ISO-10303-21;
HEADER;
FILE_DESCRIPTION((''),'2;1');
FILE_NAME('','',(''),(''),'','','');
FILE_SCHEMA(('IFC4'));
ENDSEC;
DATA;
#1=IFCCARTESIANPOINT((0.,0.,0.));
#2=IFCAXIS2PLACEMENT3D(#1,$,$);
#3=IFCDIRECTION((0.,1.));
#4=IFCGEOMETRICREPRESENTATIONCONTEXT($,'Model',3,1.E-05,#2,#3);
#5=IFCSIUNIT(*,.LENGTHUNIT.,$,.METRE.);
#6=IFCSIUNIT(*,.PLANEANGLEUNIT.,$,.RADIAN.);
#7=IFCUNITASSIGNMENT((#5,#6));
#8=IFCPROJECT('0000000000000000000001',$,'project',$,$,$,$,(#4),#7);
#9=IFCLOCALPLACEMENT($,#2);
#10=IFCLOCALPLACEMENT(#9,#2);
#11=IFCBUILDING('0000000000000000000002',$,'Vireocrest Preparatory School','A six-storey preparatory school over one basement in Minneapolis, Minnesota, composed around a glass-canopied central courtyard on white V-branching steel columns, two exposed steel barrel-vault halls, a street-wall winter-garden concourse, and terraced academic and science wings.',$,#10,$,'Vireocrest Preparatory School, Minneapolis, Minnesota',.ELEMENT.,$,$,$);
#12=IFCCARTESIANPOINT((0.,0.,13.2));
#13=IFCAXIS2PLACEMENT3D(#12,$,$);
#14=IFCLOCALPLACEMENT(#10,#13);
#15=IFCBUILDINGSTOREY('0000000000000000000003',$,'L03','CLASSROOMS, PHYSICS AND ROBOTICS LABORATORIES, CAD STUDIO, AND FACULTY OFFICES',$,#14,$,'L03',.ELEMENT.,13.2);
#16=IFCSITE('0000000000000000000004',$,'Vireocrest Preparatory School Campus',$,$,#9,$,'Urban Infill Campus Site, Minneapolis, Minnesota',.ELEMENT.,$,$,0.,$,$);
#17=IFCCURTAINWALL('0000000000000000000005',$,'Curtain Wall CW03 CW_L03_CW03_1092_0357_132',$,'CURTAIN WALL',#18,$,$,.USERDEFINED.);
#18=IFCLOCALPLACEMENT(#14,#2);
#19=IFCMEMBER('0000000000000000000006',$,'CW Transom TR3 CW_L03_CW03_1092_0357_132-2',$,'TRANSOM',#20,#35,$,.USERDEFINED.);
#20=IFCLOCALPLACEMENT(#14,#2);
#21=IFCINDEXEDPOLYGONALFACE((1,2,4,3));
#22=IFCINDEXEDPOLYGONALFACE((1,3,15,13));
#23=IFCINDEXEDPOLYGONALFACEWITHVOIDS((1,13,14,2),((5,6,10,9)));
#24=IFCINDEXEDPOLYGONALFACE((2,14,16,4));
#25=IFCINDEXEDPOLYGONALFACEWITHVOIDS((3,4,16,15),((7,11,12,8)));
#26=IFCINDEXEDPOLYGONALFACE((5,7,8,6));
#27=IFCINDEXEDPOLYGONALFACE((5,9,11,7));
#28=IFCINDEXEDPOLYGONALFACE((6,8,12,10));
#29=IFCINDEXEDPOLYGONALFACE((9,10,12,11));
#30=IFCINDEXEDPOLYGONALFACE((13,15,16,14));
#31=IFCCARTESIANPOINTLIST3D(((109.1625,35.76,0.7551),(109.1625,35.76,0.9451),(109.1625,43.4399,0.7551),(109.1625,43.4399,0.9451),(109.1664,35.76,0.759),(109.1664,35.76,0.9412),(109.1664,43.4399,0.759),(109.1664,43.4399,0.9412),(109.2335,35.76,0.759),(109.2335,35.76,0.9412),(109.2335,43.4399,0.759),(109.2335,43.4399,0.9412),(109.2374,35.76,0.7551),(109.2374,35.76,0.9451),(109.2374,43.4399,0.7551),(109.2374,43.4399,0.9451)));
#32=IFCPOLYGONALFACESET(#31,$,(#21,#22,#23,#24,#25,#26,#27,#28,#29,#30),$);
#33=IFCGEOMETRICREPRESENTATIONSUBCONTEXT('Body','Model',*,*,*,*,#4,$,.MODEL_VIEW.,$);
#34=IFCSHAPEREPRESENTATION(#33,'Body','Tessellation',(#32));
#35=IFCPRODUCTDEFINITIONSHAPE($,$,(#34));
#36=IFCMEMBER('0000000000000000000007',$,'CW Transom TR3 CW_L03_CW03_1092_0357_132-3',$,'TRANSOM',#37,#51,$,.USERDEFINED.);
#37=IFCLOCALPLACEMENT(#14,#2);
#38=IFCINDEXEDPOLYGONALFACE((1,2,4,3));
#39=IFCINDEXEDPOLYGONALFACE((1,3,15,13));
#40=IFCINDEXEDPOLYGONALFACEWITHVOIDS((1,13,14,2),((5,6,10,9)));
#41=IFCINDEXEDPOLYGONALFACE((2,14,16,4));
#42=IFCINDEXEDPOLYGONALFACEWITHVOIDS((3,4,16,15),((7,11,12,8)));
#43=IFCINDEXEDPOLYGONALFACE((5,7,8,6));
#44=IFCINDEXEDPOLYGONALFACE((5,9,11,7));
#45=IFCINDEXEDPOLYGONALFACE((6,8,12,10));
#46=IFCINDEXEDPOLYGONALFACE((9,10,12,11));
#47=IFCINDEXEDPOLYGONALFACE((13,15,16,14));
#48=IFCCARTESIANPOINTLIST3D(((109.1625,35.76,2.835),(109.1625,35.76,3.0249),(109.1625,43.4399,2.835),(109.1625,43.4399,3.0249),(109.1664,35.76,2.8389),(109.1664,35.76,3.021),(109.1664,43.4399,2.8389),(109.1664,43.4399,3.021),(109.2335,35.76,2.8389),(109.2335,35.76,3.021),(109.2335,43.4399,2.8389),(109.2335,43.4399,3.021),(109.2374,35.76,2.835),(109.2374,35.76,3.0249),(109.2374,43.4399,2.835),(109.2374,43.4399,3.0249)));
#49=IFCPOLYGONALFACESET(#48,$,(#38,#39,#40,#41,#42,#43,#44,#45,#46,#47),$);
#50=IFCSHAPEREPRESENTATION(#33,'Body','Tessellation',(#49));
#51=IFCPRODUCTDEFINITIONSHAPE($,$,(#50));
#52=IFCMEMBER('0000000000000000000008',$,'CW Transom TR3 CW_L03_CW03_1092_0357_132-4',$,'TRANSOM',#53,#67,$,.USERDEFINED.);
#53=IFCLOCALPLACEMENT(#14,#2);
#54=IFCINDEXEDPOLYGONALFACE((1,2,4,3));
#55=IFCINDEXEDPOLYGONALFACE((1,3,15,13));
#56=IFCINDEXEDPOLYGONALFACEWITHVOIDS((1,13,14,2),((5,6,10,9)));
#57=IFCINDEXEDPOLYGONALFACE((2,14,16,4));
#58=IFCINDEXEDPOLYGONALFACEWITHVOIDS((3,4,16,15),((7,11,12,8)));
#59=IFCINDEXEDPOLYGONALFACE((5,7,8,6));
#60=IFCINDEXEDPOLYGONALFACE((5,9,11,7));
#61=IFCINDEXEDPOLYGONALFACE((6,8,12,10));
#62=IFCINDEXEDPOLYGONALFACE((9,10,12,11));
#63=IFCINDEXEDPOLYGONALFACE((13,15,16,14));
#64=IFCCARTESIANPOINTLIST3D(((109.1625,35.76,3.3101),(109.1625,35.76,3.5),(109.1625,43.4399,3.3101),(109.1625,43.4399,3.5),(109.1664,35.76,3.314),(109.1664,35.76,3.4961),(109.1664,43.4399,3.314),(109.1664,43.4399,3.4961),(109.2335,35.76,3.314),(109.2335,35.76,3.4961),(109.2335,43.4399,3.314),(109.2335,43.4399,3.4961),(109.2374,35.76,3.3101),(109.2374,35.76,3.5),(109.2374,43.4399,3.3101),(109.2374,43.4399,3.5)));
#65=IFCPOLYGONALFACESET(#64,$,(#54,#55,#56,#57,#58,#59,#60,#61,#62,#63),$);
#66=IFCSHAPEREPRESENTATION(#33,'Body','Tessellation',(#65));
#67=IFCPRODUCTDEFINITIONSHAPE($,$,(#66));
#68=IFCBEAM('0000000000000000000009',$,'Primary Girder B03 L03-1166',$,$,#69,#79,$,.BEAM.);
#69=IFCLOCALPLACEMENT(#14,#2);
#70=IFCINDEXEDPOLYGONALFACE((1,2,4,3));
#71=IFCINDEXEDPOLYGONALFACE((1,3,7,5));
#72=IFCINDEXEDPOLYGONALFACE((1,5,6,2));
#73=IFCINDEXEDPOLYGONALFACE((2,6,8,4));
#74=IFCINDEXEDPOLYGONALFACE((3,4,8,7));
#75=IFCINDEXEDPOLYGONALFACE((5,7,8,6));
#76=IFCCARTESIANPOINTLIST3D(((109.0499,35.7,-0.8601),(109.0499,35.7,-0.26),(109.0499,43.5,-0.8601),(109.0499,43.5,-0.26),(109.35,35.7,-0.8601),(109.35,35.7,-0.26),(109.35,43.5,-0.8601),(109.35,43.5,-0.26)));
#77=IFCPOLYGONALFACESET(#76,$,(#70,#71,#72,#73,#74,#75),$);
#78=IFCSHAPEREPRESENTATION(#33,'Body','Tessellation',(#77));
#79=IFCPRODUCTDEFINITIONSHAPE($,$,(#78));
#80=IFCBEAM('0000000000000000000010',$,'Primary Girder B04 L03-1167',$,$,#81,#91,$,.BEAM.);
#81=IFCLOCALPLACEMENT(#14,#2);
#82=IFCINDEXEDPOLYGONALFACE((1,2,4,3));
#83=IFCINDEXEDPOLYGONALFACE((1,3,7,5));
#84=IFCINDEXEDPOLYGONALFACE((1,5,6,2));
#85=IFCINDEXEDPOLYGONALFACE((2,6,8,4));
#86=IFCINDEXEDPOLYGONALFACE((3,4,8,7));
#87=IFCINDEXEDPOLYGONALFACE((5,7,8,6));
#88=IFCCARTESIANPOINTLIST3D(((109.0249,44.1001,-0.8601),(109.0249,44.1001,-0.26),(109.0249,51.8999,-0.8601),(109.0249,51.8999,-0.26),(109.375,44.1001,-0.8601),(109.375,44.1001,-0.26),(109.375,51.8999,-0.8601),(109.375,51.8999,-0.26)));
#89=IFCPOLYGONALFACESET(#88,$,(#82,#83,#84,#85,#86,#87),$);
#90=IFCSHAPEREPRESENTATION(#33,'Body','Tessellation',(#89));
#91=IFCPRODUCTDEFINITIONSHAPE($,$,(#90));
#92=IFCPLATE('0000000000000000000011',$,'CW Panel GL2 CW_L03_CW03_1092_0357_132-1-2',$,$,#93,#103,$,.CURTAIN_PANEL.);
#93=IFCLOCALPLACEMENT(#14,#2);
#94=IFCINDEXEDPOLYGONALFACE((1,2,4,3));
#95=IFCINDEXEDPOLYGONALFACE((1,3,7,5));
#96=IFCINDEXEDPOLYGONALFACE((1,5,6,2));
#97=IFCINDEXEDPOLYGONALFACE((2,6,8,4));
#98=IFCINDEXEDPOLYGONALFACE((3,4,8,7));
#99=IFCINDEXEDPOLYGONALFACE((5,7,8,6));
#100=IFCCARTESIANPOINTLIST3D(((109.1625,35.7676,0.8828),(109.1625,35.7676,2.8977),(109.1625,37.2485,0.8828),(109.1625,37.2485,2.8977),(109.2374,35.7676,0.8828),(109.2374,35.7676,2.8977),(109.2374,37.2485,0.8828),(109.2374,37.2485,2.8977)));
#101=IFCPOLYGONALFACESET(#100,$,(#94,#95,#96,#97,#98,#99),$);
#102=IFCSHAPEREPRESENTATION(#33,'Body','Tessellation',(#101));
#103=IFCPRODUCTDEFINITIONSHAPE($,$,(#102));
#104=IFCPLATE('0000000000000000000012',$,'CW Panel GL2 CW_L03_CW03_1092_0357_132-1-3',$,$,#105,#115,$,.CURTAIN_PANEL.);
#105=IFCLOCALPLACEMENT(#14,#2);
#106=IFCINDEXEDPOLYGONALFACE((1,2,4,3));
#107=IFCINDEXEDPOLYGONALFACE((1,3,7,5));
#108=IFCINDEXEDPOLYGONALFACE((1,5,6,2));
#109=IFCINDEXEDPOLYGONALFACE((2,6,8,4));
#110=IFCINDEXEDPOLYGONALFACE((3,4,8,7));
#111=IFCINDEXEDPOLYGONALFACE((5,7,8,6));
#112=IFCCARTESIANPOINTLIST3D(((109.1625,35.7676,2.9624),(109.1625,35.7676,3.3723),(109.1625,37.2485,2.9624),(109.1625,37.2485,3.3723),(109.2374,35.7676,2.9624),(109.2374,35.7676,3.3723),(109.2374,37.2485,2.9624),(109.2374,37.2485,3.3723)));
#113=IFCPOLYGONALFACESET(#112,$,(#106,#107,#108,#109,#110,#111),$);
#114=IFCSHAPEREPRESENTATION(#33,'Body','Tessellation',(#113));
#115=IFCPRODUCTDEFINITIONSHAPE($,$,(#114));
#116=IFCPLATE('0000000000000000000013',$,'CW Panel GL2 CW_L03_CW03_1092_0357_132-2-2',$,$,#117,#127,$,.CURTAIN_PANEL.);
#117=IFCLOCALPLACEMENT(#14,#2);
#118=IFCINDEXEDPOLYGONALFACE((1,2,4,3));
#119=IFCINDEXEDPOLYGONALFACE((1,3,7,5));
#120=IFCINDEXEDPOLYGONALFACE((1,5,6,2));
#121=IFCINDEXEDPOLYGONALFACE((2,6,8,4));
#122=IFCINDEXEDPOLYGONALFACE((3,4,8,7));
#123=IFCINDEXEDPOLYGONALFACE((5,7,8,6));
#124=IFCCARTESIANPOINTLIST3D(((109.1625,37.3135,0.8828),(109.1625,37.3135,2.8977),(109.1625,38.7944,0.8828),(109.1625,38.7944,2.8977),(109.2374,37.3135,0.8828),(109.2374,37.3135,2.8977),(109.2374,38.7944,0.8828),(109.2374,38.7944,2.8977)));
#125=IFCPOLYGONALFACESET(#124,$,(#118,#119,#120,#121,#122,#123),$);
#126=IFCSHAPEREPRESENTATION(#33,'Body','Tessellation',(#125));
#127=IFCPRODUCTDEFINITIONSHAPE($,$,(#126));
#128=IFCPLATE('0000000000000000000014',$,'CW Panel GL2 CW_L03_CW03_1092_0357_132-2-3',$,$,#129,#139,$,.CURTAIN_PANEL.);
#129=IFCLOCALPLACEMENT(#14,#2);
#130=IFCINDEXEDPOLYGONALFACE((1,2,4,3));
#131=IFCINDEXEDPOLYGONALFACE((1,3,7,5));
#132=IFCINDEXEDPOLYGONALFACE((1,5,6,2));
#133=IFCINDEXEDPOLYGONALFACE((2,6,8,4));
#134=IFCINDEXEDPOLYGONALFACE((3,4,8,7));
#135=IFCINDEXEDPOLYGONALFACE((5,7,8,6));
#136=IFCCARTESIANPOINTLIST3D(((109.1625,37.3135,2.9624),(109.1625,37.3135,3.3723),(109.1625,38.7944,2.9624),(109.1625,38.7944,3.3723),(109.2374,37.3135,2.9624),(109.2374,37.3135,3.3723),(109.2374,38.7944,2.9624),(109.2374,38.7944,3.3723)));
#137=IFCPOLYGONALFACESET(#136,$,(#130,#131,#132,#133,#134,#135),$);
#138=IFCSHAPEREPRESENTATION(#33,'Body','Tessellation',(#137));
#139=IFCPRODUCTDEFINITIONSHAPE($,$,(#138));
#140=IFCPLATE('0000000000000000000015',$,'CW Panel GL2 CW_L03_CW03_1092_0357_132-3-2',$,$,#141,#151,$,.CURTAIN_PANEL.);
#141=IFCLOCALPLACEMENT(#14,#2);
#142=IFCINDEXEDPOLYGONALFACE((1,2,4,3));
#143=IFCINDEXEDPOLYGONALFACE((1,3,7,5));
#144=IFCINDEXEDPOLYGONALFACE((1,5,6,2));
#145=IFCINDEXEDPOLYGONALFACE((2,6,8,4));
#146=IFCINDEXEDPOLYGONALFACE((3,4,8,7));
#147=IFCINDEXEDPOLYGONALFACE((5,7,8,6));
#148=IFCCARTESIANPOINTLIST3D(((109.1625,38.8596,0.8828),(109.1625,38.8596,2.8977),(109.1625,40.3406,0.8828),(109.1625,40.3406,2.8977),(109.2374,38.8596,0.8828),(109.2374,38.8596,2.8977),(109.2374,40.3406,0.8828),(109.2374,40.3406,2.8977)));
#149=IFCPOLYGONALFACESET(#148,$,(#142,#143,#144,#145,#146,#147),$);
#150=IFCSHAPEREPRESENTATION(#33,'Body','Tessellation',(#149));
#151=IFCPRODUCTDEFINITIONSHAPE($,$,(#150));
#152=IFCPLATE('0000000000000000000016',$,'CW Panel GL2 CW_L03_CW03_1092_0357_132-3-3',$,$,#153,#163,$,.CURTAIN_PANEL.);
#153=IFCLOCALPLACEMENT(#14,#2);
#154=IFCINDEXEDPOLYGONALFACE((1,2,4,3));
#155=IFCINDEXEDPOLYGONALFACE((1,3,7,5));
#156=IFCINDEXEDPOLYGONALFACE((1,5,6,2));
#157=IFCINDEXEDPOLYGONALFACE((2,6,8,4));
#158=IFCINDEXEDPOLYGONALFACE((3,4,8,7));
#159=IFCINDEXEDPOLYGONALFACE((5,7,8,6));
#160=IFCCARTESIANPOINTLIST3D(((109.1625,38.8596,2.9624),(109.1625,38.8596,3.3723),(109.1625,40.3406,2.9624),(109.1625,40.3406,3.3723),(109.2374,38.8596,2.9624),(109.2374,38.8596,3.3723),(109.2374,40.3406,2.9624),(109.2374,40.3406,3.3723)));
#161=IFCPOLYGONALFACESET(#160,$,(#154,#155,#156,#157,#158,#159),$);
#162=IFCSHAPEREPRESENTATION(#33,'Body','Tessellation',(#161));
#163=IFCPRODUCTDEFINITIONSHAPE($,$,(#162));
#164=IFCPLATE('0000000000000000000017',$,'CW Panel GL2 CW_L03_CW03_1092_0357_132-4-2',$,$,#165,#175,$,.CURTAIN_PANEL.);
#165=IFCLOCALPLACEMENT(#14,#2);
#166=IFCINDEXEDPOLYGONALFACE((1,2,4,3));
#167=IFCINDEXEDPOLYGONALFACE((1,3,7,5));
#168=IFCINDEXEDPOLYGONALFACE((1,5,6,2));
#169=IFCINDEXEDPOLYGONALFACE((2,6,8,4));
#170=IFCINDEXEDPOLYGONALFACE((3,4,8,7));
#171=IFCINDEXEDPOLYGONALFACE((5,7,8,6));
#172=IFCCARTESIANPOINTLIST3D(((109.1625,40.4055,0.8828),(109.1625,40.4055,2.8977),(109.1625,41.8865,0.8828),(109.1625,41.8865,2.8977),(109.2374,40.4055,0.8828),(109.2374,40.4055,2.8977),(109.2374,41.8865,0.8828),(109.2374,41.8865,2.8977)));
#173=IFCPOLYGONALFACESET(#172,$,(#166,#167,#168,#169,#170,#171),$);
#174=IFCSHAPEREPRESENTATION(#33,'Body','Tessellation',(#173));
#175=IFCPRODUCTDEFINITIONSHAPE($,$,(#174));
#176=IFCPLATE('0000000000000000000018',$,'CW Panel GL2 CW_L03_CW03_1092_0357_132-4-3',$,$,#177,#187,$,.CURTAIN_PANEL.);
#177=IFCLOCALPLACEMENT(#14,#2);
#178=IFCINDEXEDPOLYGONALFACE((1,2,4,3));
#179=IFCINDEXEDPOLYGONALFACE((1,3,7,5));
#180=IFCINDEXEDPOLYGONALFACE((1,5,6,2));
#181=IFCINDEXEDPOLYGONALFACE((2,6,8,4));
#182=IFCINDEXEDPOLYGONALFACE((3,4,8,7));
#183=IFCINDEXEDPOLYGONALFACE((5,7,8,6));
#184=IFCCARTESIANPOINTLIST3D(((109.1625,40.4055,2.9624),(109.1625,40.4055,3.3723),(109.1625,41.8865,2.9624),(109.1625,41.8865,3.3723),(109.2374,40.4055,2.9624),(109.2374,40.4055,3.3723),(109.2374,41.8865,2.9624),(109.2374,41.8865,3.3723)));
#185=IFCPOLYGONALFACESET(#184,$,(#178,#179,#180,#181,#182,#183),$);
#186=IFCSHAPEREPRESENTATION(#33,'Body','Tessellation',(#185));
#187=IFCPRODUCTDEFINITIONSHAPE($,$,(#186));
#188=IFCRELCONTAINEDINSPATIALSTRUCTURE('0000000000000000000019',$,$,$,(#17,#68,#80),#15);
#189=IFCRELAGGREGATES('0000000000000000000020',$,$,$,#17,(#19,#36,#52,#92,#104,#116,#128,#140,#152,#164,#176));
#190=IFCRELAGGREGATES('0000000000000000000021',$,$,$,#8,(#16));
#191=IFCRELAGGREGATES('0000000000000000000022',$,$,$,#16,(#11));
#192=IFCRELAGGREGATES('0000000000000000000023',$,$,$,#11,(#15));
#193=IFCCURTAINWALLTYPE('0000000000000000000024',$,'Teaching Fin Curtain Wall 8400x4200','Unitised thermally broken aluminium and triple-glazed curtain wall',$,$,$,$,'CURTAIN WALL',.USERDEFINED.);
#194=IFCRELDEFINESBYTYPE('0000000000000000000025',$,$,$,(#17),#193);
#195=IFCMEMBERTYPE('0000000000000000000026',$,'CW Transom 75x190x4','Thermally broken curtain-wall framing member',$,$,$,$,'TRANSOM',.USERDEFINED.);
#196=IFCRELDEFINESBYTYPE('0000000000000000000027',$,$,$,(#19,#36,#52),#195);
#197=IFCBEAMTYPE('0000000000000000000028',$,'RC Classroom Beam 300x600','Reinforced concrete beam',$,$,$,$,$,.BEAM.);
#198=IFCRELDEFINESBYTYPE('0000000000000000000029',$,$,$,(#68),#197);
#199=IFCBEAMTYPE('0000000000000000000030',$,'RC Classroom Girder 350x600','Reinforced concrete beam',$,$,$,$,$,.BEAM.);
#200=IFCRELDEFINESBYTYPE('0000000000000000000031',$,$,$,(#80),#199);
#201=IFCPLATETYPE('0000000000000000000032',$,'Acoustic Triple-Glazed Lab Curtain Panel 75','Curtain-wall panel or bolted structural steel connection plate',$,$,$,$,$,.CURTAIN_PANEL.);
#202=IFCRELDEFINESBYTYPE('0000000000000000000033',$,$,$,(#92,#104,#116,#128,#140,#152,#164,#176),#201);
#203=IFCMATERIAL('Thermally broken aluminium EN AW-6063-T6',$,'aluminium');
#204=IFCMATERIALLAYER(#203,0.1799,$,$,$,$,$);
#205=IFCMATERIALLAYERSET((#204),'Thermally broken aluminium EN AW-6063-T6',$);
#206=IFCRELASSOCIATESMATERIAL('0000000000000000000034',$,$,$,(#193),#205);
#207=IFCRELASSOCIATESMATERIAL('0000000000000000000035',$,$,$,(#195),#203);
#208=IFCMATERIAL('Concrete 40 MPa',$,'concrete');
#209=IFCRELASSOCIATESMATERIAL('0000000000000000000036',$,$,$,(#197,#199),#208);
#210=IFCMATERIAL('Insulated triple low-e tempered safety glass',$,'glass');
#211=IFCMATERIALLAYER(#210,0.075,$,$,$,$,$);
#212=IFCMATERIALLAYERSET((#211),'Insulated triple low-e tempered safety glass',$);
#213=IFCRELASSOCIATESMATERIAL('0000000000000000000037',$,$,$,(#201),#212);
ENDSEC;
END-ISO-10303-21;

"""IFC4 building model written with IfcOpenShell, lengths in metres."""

from ifc_helpers import new_model, si_unit, direction, frame, origin, origin_2d, place, context, subcontext, project, spatial, rectangle, hollow_rectangle, extrude, material, layer, layer_set, material_profile, profile_set, type_object, element, aggregate, save


model = new_model("IFC4")

# Units and contexts
model_context = context("Model", 3, precision=1e-05, world=origin(), true_north=direction((0.0, 1.0)))
body_context = subcontext(model_context, "Body", "Model", "MODEL_VIEW")
ifc_project = project(units=[si_unit("LENGTHUNIT", "METRE"), si_unit("PLANEANGLEUNIT", "RADIAN")], contexts=[model_context])

# Site, building, storey
site_placement = place(None, origin())
site = spatial("IfcSite", under=ifc_project, at=site_placement, Name="Vireocrest Preparatory School Campus", LongName="Urban Infill Campus Site, Minneapolis, Minnesota", CompositionType="ELEMENT", RefElevation=0.0)
building_placement = place(site_placement, origin())
building = spatial("IfcBuilding", under=site, at=building_placement, Name="Vireocrest Preparatory School", Description="A six-storey preparatory school over one basement in Minneapolis, Minnesota, composed around a glass-canopied central courtyard on white V-branching steel columns, two exposed steel barrel-vault halls, a street-wall winter-garden concourse, and terraced academic and science wings.", LongName="Vireocrest Preparatory School, Minneapolis, Minnesota", CompositionType="ELEMENT")
storey_placement = place(building_placement, frame((0.0, 0.0, 13.2)))
storey = spatial("IfcBuildingStorey", under=building, at=storey_placement, Name="L03", Description="CLASSROOMS, PHYSICS AND ROBOTICS LABORATORIES, CAD STUDIO, AND FACULTY OFFICES", LongName="L03", CompositionType="ELEMENT", Elevation=13.2)

# Shared definitions
ifc_material_1 = material(Name="Thermally broken aluminium EN AW-6063-T6", Category="aluminium")

# Curtain wall
ifc_layer_1 = layer(ifc_material_1, 0.1799)
ifc_layer_set_1 = layer_set([ifc_layer_1], Name="Thermally broken aluminium EN AW-6063-T6")
curtain_wall_type_1 = type_object("IfcCurtainWallType", Name="Teaching Fin Curtain Wall 8400x4200", Description="Unitised thermally broken aluminium and triple-glazed curtain wall", ElementType="CURTAIN WALL", PredefinedType="USERDEFINED", material=ifc_layer_set_1)
curtain_wall_1_placement = place(storey_placement, origin())
curtain_wall_1 = element("IfcCurtainWall", 1, at=curtain_wall_1_placement, inside=storey, type_object=curtain_wall_type_1, Name="Curtain Wall CW03 CW_L03_CW03_1092_0357_132", ObjectType="CURTAIN WALL", PredefinedType="USERDEFINED")

# Members
ifc_material_profile_1 = material_profile(ifc_material_1, hollow_rectangle(XDim=0.075, YDim=0.1899, WallThickness=0.0039, at=origin_2d()), Name="ALU 75x190x4")
ifc_profile_set_1 = profile_set([ifc_material_profile_1], Name="Thermally broken aluminium EN AW-6063-T6")
member_type_1 = type_object("IfcMemberType", Name="CW Transom 75x190x4", Description="Thermally broken curtain-wall framing member", ElementType="TRANSOM", PredefinedType="USERDEFINED", material=ifc_profile_set_1)
member_1_placement = place(storey_placement, frame((109.2, 35.76, 0.8501), z_axis=(0.0, 1.0, 0.0), x_axis=(-1.0, 0.0, 0.0)))
member_1 = element("IfcMember", 2, at=member_1_placement, type_object=member_type_1, Name="CW Transom TR3 CW_L03_CW03_1092_0357_132-2", ObjectType="TRANSOM", PredefinedType="USERDEFINED", context=body_context, shape_type="SweptSolid", body=[
    extrude(hollow_rectangle(XDim=0.075, YDim=0.1899, WallThickness=0.0039, at=origin_2d()), origin(), (0.0, 0.0, 1.0), 7.6799),
])
member_2_placement = place(storey_placement, frame((109.2, 35.76, 2.9299), z_axis=(0.0, 1.0, 0.0), x_axis=(-1.0, 0.0, 0.0)))
member_2 = element("IfcMember", 3, at=member_2_placement, type_object=member_type_1, Name="CW Transom TR3 CW_L03_CW03_1092_0357_132-3", ObjectType="TRANSOM", PredefinedType="USERDEFINED", context=body_context, shape_type="SweptSolid", body=[
    extrude(hollow_rectangle(XDim=0.075, YDim=0.1899, WallThickness=0.0039, at=origin_2d()), origin(), (0.0, 0.0, 1.0), 7.6799),
])
member_3_placement = place(storey_placement, frame((109.2, 35.76, 3.405), z_axis=(0.0, 1.0, 0.0), x_axis=(-1.0, 0.0, 0.0)))
member_3 = element("IfcMember", 4, at=member_3_placement, type_object=member_type_1, Name="CW Transom TR3 CW_L03_CW03_1092_0357_132-4", ObjectType="TRANSOM", PredefinedType="USERDEFINED", context=body_context, shape_type="SweptSolid", body=[
    extrude(hollow_rectangle(XDim=0.075, YDim=0.1899, WallThickness=0.0039, at=origin_2d()), origin(), (0.0, 0.0, 1.0), 7.6799),
])

# Beams
ifc_material_2 = material(Name="Concrete 40 MPa", Category="concrete")
ifc_material_profile_2 = material_profile(ifc_material_2, rectangle(XDim=0.3, YDim=0.6001, at=origin_2d()), Name="RC 300x600")
ifc_profile_set_2 = profile_set([ifc_material_profile_2], Name="Concrete 40 MPa")
beam_type_1 = type_object("IfcBeamType", Name="RC Classroom Beam 300x600", Description="Reinforced concrete beam", PredefinedType="BEAM", material=ifc_profile_set_2)
beam_1_placement = place(storey_placement, frame((109.2, 35.7, -0.5601), z_axis=(0.0, 1.0, 0.0), x_axis=(-1.0, 0.0, 0.0)))
element("IfcBeam", 5, at=beam_1_placement, inside=storey, type_object=beam_type_1, Name="Primary Girder B03 L03-1166", PredefinedType="BEAM", context=body_context, shape_type="SweptSolid", body=[
    extrude(rectangle(XDim=0.3, YDim=0.6001, at=origin_2d()), origin(), (0.0, 0.0, 1.0), 7.8),
])
ifc_material_profile_3 = material_profile(ifc_material_2, rectangle(XDim=0.3501, YDim=0.6001, at=origin_2d()), Name="RC 350x600")
ifc_profile_set_3 = profile_set([ifc_material_profile_3], Name="Concrete 40 MPa")
beam_type_2 = type_object("IfcBeamType", Name="RC Classroom Girder 350x600", Description="Reinforced concrete beam", PredefinedType="BEAM", material=ifc_profile_set_3)
beam_2_placement = place(storey_placement, frame((109.2, 44.1001, -0.5601), z_axis=(0.0, 1.0, 0.0), x_axis=(-1.0, 0.0, 0.0)))
element("IfcBeam", 6, at=beam_2_placement, inside=storey, type_object=beam_type_2, Name="Primary Girder B04 L03-1167", PredefinedType="BEAM", context=body_context, shape_type="SweptSolid", body=[
    extrude(rectangle(XDim=0.3501, YDim=0.6001, at=origin_2d()), origin(), (0.0, 0.0, 1.0), 7.7998),
])

# Plates
ifc_material_3 = material(Name="Insulated triple low-e tempered safety glass", Category="glass")
ifc_layer_2 = layer(ifc_material_3, 0.075)
ifc_layer_set_2 = layer_set([ifc_layer_2], Name="Insulated triple low-e tempered safety glass")
plate_type_1 = type_object("IfcPlateType", Name="Acoustic Triple-Glazed Lab Curtain Panel 75", Description="Curtain-wall panel or bolted structural steel connection plate", PredefinedType="CURTAIN_PANEL", material=ifc_layer_set_2)
plate_1_placement = place(storey_placement, frame((109.2, 36.5081, 0.8828), z_axis=(0.0, 0.0, 1.0), x_axis=(0.0, 1.0, 0.0)))
plate_1 = element("IfcPlate", 7, at=plate_1_placement, type_object=plate_type_1, Name="CW Panel GL2 CW_L03_CW03_1092_0357_132-1-2", PredefinedType="CURTAIN_PANEL", context=body_context, shape_type="SweptSolid", body=[
    extrude(rectangle(XDim=1.481, YDim=0.075, at=origin_2d()), origin(), (0.0, 0.0, 1.0), 2.0149),
])
plate_2_placement = place(storey_placement, frame((109.2, 36.5081, 2.9624), z_axis=(0.0, 0.0, 1.0), x_axis=(0.0, 1.0, 0.0)))
plate_2 = element("IfcPlate", 8, at=plate_2_placement, type_object=plate_type_1, Name="CW Panel GL2 CW_L03_CW03_1092_0357_132-1-3", PredefinedType="CURTAIN_PANEL", context=body_context, shape_type="SweptSolid", body=[
    extrude(rectangle(XDim=1.481, YDim=0.075, at=origin_2d()), origin(), (0.0, 0.0, 1.0), 0.4099),
])
plate_3_placement = place(storey_placement, frame((109.2, 38.054, 0.8828), z_axis=(0.0, 0.0, 1.0), x_axis=(0.0, 1.0, 0.0)))
plate_3 = element("IfcPlate", 9, at=plate_3_placement, type_object=plate_type_1, Name="CW Panel GL2 CW_L03_CW03_1092_0357_132-2-2", PredefinedType="CURTAIN_PANEL", context=body_context, shape_type="SweptSolid", body=[
    extrude(rectangle(XDim=1.481, YDim=0.075, at=origin_2d()), origin(), (0.0, 0.0, 1.0), 2.0149),
])
plate_4_placement = place(storey_placement, frame((109.2, 38.054, 2.9624), z_axis=(0.0, 0.0, 1.0), x_axis=(0.0, 1.0, 0.0)))
plate_4 = element("IfcPlate", 10, at=plate_4_placement, type_object=plate_type_1, Name="CW Panel GL2 CW_L03_CW03_1092_0357_132-2-3", PredefinedType="CURTAIN_PANEL", context=body_context, shape_type="SweptSolid", body=[
    extrude(rectangle(XDim=1.481, YDim=0.075, at=origin_2d()), origin(), (0.0, 0.0, 1.0), 0.4099),
])
plate_5_placement = place(storey_placement, frame((109.2, 39.6001, 0.8828), z_axis=(0.0, 0.0, 1.0), x_axis=(0.0, 1.0, 0.0)))
plate_5 = element("IfcPlate", 11, at=plate_5_placement, type_object=plate_type_1, Name="CW Panel GL2 CW_L03_CW03_1092_0357_132-3-2", PredefinedType="CURTAIN_PANEL", context=body_context, shape_type="SweptSolid", body=[
    extrude(rectangle(XDim=1.481, YDim=0.075, at=origin_2d()), origin(), (0.0, 0.0, 1.0), 2.0149),
])
plate_6_placement = place(storey_placement, frame((109.2, 39.6001, 2.9624), z_axis=(0.0, 0.0, 1.0), x_axis=(0.0, 1.0, 0.0)))
plate_6 = element("IfcPlate", 12, at=plate_6_placement, type_object=plate_type_1, Name="CW Panel GL2 CW_L03_CW03_1092_0357_132-3-3", PredefinedType="CURTAIN_PANEL", context=body_context, shape_type="SweptSolid", body=[
    extrude(rectangle(XDim=1.481, YDim=0.075, at=origin_2d()), origin(), (0.0, 0.0, 1.0), 0.4099),
])
plate_7_placement = place(storey_placement, frame((109.2, 41.146, 0.8828), z_axis=(0.0, 0.0, 1.0), x_axis=(0.0, 1.0, 0.0)))
plate_7 = element("IfcPlate", 13, at=plate_7_placement, type_object=plate_type_1, Name="CW Panel GL2 CW_L03_CW03_1092_0357_132-4-2", PredefinedType="CURTAIN_PANEL", context=body_context, shape_type="SweptSolid", body=[
    extrude(rectangle(XDim=1.481, YDim=0.075, at=origin_2d()), origin(), (0.0, 0.0, 1.0), 2.0149),
])
plate_8_placement = place(storey_placement, frame((109.2, 41.146, 2.9624), z_axis=(0.0, 0.0, 1.0), x_axis=(0.0, 1.0, 0.0)))
plate_8 = element("IfcPlate", 14, at=plate_8_placement, type_object=plate_type_1, Name="CW Panel GL2 CW_L03_CW03_1092_0357_132-4-3", PredefinedType="CURTAIN_PANEL", context=body_context, shape_type="SweptSolid", body=[
    extrude(rectangle(XDim=1.481, YDim=0.075, at=origin_2d()), origin(), (0.0, 0.0, 1.0), 0.4099),
])
aggregate(curtain_wall_1, [member_1, member_2, member_3, plate_1, plate_2, plate_3, plate_4, plate_5, plate_6, plate_7, plate_8])

save(model, "model.ifc")
